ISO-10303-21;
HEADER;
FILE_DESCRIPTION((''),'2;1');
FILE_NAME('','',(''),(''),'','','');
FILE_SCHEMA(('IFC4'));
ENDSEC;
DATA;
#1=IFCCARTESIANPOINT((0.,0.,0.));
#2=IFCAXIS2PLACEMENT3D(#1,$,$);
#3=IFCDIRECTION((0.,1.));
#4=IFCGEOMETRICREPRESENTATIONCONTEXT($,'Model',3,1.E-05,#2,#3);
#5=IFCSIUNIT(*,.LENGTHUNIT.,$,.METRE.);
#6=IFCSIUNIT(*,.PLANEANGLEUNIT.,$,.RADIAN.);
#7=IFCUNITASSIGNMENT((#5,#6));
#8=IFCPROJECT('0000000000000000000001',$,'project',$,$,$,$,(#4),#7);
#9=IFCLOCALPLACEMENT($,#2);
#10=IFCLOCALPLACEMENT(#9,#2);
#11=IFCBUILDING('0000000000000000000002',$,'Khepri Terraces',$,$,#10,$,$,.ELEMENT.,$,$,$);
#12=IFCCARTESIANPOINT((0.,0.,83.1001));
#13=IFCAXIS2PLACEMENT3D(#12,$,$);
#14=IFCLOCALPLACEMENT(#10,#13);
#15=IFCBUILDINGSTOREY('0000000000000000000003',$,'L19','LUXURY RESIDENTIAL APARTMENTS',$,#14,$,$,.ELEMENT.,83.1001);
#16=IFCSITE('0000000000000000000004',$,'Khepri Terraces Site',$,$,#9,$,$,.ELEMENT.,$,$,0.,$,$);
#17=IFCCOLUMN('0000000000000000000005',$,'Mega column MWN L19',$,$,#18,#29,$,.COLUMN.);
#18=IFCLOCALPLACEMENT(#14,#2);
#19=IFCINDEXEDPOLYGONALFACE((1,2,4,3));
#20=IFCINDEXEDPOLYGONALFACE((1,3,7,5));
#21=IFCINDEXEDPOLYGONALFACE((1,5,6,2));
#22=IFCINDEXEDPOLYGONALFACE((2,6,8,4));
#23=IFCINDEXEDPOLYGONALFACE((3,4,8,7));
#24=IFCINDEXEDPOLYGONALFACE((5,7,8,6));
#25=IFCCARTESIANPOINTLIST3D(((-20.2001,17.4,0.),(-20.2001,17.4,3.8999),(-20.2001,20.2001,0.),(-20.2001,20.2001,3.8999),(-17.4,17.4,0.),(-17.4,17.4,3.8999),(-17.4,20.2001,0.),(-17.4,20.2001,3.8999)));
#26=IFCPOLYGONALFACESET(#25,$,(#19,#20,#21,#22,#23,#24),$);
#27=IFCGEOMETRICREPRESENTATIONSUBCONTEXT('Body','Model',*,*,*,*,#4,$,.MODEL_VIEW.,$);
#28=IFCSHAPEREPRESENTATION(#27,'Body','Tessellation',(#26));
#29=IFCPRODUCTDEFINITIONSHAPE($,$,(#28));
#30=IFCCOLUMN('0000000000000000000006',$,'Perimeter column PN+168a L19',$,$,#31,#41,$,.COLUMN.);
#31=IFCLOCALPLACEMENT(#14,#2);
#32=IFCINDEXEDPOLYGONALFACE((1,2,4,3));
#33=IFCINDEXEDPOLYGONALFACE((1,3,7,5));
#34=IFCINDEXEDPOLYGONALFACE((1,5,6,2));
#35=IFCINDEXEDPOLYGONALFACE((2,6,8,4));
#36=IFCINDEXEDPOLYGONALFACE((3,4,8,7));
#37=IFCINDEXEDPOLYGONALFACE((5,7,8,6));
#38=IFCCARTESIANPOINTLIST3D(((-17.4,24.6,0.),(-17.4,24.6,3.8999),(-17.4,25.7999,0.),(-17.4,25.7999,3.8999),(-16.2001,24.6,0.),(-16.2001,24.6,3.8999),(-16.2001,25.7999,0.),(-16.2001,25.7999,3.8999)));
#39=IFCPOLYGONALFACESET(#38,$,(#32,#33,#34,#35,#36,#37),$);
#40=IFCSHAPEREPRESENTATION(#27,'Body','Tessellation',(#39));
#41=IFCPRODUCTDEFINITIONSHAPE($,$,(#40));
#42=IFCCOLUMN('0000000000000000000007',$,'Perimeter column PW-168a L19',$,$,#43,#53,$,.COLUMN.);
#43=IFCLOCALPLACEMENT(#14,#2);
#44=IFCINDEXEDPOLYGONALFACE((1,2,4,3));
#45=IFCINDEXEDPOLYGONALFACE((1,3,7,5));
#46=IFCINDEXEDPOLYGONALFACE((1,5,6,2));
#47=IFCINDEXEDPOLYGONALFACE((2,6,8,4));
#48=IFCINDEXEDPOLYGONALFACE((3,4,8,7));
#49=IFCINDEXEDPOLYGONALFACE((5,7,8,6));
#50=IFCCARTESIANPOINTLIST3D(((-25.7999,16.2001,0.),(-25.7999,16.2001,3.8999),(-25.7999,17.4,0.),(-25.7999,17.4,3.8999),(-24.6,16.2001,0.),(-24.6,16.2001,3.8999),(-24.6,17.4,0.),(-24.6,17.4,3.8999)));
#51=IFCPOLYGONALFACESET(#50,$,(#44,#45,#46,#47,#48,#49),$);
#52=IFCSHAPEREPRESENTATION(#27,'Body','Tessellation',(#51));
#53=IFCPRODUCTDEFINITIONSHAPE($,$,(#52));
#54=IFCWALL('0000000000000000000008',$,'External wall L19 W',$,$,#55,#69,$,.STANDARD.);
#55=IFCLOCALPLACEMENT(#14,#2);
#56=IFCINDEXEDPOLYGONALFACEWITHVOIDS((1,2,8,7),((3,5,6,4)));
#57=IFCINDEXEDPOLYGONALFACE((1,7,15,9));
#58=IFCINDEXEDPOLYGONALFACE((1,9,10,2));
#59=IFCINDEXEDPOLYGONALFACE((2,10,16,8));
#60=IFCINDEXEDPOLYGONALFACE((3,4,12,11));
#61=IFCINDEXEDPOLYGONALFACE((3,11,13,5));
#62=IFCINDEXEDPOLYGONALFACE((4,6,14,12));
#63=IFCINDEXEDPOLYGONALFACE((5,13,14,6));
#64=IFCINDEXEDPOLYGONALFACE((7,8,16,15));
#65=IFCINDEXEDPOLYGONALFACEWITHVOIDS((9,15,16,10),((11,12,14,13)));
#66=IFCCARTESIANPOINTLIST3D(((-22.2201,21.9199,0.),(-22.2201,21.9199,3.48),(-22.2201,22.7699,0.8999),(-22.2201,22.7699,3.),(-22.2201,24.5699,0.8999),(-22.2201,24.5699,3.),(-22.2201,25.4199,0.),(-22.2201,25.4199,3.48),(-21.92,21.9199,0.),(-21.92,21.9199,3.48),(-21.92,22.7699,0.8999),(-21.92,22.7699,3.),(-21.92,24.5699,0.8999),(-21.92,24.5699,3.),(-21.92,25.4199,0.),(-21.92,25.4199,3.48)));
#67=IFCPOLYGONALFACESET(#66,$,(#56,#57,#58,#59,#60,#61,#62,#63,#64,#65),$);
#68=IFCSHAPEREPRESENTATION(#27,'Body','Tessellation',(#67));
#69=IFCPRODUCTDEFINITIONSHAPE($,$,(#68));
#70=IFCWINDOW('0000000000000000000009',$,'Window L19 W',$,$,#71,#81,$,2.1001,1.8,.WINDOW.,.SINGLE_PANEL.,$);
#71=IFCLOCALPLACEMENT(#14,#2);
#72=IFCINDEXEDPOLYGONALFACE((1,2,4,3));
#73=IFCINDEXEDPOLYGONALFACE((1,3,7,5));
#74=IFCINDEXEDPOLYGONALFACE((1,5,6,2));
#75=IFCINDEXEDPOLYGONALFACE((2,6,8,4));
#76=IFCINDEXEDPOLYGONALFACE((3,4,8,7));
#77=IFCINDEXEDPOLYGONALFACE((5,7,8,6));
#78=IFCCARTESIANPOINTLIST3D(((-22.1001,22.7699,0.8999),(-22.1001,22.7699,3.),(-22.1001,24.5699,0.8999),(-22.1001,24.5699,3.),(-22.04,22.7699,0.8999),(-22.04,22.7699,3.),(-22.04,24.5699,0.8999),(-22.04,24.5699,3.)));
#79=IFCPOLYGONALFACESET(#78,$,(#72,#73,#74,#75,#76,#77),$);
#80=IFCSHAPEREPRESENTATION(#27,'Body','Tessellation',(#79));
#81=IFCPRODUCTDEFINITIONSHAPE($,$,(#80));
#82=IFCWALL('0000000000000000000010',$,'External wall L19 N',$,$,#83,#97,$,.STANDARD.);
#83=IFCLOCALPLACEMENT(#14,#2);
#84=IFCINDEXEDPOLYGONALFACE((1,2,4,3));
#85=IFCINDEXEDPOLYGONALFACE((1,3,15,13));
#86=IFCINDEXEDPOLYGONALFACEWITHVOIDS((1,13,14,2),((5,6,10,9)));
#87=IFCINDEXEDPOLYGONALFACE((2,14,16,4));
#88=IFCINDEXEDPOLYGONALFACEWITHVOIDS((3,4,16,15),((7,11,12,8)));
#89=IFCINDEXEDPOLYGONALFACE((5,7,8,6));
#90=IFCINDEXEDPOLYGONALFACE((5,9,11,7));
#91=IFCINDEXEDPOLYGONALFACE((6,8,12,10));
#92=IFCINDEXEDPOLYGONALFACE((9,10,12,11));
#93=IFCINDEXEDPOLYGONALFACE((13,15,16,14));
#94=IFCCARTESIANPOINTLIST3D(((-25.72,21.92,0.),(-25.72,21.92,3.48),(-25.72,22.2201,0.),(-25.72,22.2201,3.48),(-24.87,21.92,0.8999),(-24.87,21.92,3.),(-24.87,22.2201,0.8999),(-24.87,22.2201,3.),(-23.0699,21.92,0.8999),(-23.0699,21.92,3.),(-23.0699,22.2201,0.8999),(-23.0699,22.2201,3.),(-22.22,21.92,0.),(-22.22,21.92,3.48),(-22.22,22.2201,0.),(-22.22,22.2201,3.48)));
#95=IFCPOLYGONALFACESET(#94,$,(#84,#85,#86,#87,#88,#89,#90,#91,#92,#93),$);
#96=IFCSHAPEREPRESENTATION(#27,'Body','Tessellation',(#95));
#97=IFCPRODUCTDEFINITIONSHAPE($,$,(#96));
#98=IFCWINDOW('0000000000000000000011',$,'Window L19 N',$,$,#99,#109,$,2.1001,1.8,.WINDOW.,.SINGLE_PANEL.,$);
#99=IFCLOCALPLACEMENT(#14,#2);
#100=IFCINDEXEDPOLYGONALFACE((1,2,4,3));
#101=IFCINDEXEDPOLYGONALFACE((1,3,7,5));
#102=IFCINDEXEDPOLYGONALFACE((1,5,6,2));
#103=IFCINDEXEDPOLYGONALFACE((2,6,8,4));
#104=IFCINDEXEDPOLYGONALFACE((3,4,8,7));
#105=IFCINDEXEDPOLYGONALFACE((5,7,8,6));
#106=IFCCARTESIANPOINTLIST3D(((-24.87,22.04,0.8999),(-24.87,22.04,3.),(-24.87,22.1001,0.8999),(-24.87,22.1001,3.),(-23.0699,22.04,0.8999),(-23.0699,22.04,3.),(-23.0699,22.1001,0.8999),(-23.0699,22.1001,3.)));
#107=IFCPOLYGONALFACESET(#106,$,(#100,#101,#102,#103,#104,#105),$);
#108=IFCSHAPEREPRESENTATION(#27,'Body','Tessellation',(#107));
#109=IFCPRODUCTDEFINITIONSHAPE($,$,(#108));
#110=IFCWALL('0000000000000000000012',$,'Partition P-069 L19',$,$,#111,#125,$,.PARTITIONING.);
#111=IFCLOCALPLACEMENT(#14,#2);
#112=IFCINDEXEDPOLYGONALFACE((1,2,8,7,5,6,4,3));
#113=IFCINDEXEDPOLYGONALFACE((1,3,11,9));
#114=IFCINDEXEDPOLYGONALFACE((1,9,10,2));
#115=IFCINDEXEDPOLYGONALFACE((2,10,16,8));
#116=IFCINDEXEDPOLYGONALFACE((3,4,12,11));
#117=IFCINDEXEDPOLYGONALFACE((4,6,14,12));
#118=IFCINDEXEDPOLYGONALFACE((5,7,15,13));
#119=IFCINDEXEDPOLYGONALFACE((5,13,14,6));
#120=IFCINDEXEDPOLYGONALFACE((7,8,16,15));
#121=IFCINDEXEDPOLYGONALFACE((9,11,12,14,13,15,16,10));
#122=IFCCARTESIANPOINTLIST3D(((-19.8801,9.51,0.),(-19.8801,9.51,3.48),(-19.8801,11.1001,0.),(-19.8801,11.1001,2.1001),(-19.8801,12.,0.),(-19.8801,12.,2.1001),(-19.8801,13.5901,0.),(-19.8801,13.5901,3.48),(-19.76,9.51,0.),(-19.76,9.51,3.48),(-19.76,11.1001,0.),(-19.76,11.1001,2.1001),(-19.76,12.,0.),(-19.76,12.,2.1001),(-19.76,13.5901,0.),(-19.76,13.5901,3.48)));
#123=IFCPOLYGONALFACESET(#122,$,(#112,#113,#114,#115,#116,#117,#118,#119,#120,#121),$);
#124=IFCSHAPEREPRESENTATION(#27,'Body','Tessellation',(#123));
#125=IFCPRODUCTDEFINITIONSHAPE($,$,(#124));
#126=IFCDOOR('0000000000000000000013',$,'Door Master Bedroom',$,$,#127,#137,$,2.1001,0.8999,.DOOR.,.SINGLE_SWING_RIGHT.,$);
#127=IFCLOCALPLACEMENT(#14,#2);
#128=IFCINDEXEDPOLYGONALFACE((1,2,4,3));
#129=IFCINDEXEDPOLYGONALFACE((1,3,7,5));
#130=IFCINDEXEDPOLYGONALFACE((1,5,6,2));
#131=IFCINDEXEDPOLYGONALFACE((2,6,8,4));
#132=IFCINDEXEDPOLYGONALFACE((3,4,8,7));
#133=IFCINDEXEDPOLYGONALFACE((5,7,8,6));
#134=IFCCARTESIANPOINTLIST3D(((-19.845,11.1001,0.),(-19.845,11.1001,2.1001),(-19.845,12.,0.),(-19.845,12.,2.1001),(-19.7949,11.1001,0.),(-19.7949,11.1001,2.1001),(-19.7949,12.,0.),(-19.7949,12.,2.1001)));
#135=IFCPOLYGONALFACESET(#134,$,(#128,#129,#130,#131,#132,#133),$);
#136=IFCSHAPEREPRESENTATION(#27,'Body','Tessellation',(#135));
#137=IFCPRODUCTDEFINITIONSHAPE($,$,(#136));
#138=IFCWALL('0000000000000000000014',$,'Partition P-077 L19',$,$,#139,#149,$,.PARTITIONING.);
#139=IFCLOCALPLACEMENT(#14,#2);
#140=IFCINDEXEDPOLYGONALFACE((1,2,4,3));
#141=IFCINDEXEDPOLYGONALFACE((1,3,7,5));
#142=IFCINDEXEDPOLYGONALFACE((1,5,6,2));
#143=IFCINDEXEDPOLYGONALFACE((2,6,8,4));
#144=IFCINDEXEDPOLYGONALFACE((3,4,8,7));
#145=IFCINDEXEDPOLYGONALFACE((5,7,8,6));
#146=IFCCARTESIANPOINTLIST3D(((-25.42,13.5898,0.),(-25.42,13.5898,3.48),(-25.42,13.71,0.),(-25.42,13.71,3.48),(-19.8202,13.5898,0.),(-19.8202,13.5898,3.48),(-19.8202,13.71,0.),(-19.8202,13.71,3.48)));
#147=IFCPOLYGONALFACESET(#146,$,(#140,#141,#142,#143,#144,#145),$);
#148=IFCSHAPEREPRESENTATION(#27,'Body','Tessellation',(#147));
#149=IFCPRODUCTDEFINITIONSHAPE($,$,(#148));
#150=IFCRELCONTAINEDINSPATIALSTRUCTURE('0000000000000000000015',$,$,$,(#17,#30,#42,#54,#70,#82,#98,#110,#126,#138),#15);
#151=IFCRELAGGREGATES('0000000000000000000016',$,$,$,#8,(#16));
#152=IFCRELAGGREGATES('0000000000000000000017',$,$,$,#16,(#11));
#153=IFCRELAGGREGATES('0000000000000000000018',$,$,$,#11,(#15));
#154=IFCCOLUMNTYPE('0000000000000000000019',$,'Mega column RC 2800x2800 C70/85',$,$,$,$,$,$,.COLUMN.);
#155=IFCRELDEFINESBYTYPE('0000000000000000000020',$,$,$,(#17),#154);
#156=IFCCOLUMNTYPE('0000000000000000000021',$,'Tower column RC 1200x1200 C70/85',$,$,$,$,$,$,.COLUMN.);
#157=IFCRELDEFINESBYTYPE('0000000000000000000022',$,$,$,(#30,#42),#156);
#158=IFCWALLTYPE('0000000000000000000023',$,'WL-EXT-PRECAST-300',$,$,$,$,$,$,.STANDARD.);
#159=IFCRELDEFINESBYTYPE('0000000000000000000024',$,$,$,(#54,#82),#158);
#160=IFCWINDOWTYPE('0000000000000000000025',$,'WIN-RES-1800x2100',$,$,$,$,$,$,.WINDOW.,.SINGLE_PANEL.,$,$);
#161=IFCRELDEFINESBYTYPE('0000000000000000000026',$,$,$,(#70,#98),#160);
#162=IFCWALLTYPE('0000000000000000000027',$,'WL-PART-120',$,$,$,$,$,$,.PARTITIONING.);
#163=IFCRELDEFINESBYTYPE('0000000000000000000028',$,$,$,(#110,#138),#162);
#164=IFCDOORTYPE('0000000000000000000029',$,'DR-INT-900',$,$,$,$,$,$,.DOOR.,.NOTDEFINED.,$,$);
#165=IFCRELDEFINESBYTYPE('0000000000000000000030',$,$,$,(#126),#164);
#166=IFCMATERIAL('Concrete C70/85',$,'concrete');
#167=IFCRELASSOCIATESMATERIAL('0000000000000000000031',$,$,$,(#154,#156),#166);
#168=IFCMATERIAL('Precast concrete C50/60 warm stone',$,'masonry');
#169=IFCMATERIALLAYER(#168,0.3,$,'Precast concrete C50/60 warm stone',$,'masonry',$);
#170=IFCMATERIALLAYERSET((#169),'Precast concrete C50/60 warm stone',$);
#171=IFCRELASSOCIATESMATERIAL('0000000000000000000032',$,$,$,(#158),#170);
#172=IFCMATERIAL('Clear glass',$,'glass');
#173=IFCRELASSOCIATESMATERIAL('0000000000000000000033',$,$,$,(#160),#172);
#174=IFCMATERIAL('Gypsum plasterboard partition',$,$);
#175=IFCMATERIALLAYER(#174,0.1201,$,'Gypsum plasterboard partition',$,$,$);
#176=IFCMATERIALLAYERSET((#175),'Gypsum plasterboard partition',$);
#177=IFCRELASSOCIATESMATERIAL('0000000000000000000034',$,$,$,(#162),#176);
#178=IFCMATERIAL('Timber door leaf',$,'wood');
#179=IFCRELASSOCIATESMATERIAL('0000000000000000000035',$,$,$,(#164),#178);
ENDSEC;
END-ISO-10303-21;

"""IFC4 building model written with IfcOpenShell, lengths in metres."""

from ifc_helpers import new_model, si_unit, direction, frame, frame_2d, origin, origin_2d, place, context, subcontext, project, spatial, rectangle, extrude, material, layer, layer_set, material_profile, profile_set, type_object, element, fill, save


model = new_model("IFC4")

# Units and contexts
model_context = context("Model", 3, precision=1e-05, world=origin(), true_north=direction((0.0, 1.0)))
body_context = subcontext(model_context, "Body", "Model", "MODEL_VIEW")
ifc_project = project(units=[si_unit("LENGTHUNIT", "METRE"), si_unit("PLANEANGLEUNIT", "RADIAN")], contexts=[model_context])

# Site, building, storey
site_placement = place(None, origin())
site = spatial("IfcSite", under=ifc_project, at=site_placement, Name="Khepri Terraces Site", CompositionType="ELEMENT", RefElevation=0.0)
building_placement = place(site_placement, origin())
building = spatial("IfcBuilding", under=site, at=building_placement, Name="Khepri Terraces", CompositionType="ELEMENT")
storey_placement = place(building_placement, frame((0.0, 0.0, 83.1001)))
storey = spatial("IfcBuildingStorey", under=building, at=storey_placement, Name="L19", Description="LUXURY RESIDENTIAL APARTMENTS", CompositionType="ELEMENT", Elevation=83.1001)

# Columns
ifc_material_1 = material(Name="Concrete C70/85", Category="concrete")
ifc_material_profile_1 = material_profile(ifc_material_1, rectangle(XDim=2.8, YDim=2.8, at=origin_2d()), Name="Concrete C70/85", Category="concrete")
ifc_profile_set_1 = profile_set([ifc_material_profile_1], Name="Concrete C70/85")
column_type_1 = type_object("IfcColumnType", Name="Mega column RC 2800x2800 C70/85", PredefinedType="COLUMN", material=ifc_profile_set_1)
column_placement = place(storey_placement, frame((-18.8, 18.8, 0.0), z_axis=(0.0, 0.0, 1.0), x_axis=(1.0, 0.0, 0.0)))
element("IfcColumn", 1, at=column_placement, inside=storey, type_object=column_type_1, Name="Mega column MWN L19", PredefinedType="COLUMN", context=body_context, shape_type="SweptSolid", body=[
    extrude(rectangle(XDim=2.8, YDim=2.8, at=origin_2d()), origin(), (0.0, 0.0, 1.0), 3.8999),
])
ifc_material_profile_2 = material_profile(ifc_material_1, rectangle(XDim=1.2, YDim=1.2, at=origin_2d()), Name="Concrete C70/85", Category="concrete")
ifc_profile_set_2 = profile_set([ifc_material_profile_2], Name="Concrete C70/85")
column_type_2 = type_object("IfcColumnType", Name="Tower column RC 1200x1200 C70/85", PredefinedType="COLUMN", material=ifc_profile_set_2)
for number, where, z_axis, x_axis, name in (
    (2, (-16.8, 25.2, 0.0), (0.0, 0.0, 1.0), (1.0, 0.0, 0.0), "Perimeter column PN+168a L19"),
    (3, (-25.2, 16.8, 0.0), (0.0, 0.0, 1.0), (1.0, 0.0, 0.0), "Perimeter column PW-168a L19"),
):
    element("IfcColumn", number, at=place(storey_placement, frame(where, z_axis=z_axis, x_axis=x_axis)), inside=storey, type_object=column_type_2, Name=name, PredefinedType="COLUMN", context=body_context, shape_type="SweptSolid", body=[
        extrude(rectangle(XDim=1.2, YDim=1.2, at=origin_2d()), origin(), (0.0, 0.0, 1.0), 3.8999),
    ])

# Shared definitions
ifc_material_2 = material(Name="Precast concrete C50/60 warm stone", Category="masonry")
ifc_layer_1 = layer(ifc_material_2, 0.3, Name="Precast concrete C50/60 warm stone", Category="masonry")
ifc_layer_set_1 = layer_set([ifc_layer_1], Name="Precast concrete C50/60 warm stone")
wall_type_1 = type_object("IfcWallType", Name="WL-EXT-PRECAST-300", PredefinedType="STANDARD", material=ifc_layer_set_1)
ifc_material_3 = material(Name="Clear glass", Category="glass")
window_type = type_object("IfcWindowType", Name="WIN-RES-1800x2100", PartitioningType="SINGLE_PANEL", PredefinedType="WINDOW", material=ifc_material_3)

# Walls, openings, windows
wall_1_placement = place(storey_placement, frame((-22.0701, 25.4199, 0.0), z_axis=(0.0, 0.0, 1.0), x_axis=(0.0, -1.0, 0.0)))
wall_1 = element("IfcWall", 4, at=wall_1_placement, inside=storey, type_object=wall_type_1, Name="External wall L19 W", PredefinedType="STANDARD", context=body_context, shape_type="SweptSolid", body=[
    extrude(rectangle(XDim=3.5, YDim=0.3, at=frame_2d((1.75, 0.0))), origin(), (0.0, 0.0, 1.0), 3.48),
])
opening_1_placement = place(wall_1_placement, frame((0.8501, 0.0, 0.8999)))
opening_1 = element("IfcOpeningElement", 5, at=opening_1_placement, cuts=wall_1, PredefinedType="OPENING", context=body_context, shape_type="SweptSolid", body=[
    extrude(rectangle(XDim=1.8, YDim=2.1001, at=frame_2d((0.8999, 1.05))), frame((0.0, 0.1602, 0.0), z_axis=(0.0, -1.0, 0.0), x_axis=(1.0, 0.0, 0.0)), (0.0, 0.0, 1.0), 0.3201),
])
window_1_placement = place(opening_1_placement, origin())
window_1 = element("IfcWindow", 6, at=window_1_placement, inside=storey, type_object=window_type, Name="Window L19 W", OverallHeight=2.1001, OverallWidth=1.8, PartitioningType="SINGLE_PANEL", PredefinedType="WINDOW", context=body_context, shape_type="SweptSolid", body=[
    extrude(rectangle(XDim=1.8, YDim=2.1001, at=frame_2d((0.8999, 1.05))), frame((0.0, 0.03, 0.0), z_axis=(0.0, -1.0, 0.0), x_axis=(1.0, 0.0, 0.0)), (0.0, 0.0, 1.0), 0.0601),
])
fill(opening_1, window_1)
wall_2_placement = place(storey_placement, frame((-22.22, 22.0701, 0.0), z_axis=(0.0, 0.0, 1.0), x_axis=(-1.0, 0.0, 0.0)))
wall_2 = element("IfcWall", 7, at=wall_2_placement, inside=storey, type_object=wall_type_1, Name="External wall L19 N", PredefinedType="STANDARD", context=body_context, shape_type="SweptSolid", body=[
    extrude(rectangle(XDim=3.5, YDim=0.3, at=frame_2d((1.75, 0.0))), origin(), (0.0, 0.0, 1.0), 3.48),
])
opening_2_placement = place(wall_2_placement, frame((0.8501, 0.0, 0.8999)))
opening_2 = element("IfcOpeningElement", 8, at=opening_2_placement, cuts=wall_2, PredefinedType="OPENING", context=body_context, shape_type="SweptSolid", body=[
    extrude(rectangle(XDim=1.8, YDim=2.1001, at=frame_2d((0.8999, 1.05))), frame((0.0, 0.1602, 0.0), z_axis=(0.0, -1.0, 0.0), x_axis=(1.0, 0.0, 0.0)), (0.0, 0.0, 1.0), 0.3201),
])
window_2_placement = place(opening_2_placement, origin())
window_2 = element("IfcWindow", 9, at=window_2_placement, inside=storey, type_object=window_type, Name="Window L19 N", OverallHeight=2.1001, OverallWidth=1.8, PartitioningType="SINGLE_PANEL", PredefinedType="WINDOW", context=body_context, shape_type="SweptSolid", body=[
    extrude(rectangle(XDim=1.8, YDim=2.1001, at=frame_2d((0.8999, 1.05))), frame((0.0, 0.03, 0.0), z_axis=(0.0, -1.0, 0.0), x_axis=(1.0, 0.0, 0.0)), (0.0, 0.0, 1.0), 0.0601),
])
fill(opening_2, window_2)

# Wall, opening, door
ifc_material_4 = material(Name="Gypsum plasterboard partition")
ifc_layer_2 = layer(ifc_material_4, 0.1201, Name="Gypsum plasterboard partition")
ifc_layer_set_2 = layer_set([ifc_layer_2], Name="Gypsum plasterboard partition")
wall_type_2 = type_object("IfcWallType", Name="WL-PART-120", PredefinedType="PARTITIONING", material=ifc_layer_set_2)
wall_3_placement = place(storey_placement, frame((-19.8201, 9.51, 0.0), z_axis=(0.0, 0.0, 1.0), x_axis=(0.0, 1.0, 0.0)))
wall_3 = element("IfcWall", 10, at=wall_3_placement, inside=storey, type_object=wall_type_2, Name="Partition P-069 L19", PredefinedType="PARTITIONING", context=body_context, shape_type="SweptSolid", body=[
    extrude(rectangle(XDim=4.0801, YDim=0.1201, at=frame_2d((2.04, 0.0))), origin(), (0.0, 0.0, 1.0), 3.48),
])
opening_3_placement = place(wall_3_placement, frame((1.5901, 0.0, 0.0)))
opening_3 = element("IfcOpeningElement", 11, at=opening_3_placement, cuts=wall_3, PredefinedType="OPENING", context=body_context, shape_type="SweptSolid", body=[
    extrude(rectangle(XDim=0.8999, YDim=2.1001, at=frame_2d((0.45, 1.05))), frame((0.0, 0.0701, 0.0), z_axis=(0.0, -1.0, 0.0), x_axis=(1.0, 0.0, 0.0)), (0.0, 0.0, 1.0), 0.1401),
])
ifc_material_5 = material(Name="Timber door leaf", Category="wood")
door_type_1 = type_object("IfcDoorType", Name="DR-INT-900", OperationType="NOTDEFINED", PredefinedType="DOOR", material=ifc_material_5)
door_1_placement = place(opening_3_placement, origin())
door_1 = element("IfcDoor", 12, at=door_1_placement, inside=storey, type_object=door_type_1, Name="Door Master Bedroom", OperationType="SINGLE_SWING_RIGHT", OverallHeight=2.1001, OverallWidth=0.8999, PredefinedType="DOOR", context=body_context, shape_type="SweptSolid", body=[
    extrude(rectangle(XDim=0.8999, YDim=2.1001, at=frame_2d((0.45, 1.05))), frame((0.0, 0.0249, 0.0), z_axis=(0.0, -1.0, 0.0), x_axis=(1.0, 0.0, 0.0)), (0.0, 0.0, 1.0), 0.05),
])
fill(opening_3, door_1)

# Wall
wall_4_placement = place(storey_placement, frame((-25.4199, 13.6499, 0.0), z_axis=(0.0, 0.0, 1.0), x_axis=(1.0, 0.0, 0.0)))
element("IfcWall", 13, at=wall_4_placement, inside=storey, type_object=wall_type_2, Name="Partition P-077 L19", PredefinedType="PARTITIONING", context=body_context, shape_type="SweptSolid", body=[
    extrude(rectangle(XDim=5.5999, YDim=0.1201, at=frame_2d((2.7998, 0.0))), origin(), (0.0, 0.0, 1.0), 3.48),
])

save(model, "model.ifc")
